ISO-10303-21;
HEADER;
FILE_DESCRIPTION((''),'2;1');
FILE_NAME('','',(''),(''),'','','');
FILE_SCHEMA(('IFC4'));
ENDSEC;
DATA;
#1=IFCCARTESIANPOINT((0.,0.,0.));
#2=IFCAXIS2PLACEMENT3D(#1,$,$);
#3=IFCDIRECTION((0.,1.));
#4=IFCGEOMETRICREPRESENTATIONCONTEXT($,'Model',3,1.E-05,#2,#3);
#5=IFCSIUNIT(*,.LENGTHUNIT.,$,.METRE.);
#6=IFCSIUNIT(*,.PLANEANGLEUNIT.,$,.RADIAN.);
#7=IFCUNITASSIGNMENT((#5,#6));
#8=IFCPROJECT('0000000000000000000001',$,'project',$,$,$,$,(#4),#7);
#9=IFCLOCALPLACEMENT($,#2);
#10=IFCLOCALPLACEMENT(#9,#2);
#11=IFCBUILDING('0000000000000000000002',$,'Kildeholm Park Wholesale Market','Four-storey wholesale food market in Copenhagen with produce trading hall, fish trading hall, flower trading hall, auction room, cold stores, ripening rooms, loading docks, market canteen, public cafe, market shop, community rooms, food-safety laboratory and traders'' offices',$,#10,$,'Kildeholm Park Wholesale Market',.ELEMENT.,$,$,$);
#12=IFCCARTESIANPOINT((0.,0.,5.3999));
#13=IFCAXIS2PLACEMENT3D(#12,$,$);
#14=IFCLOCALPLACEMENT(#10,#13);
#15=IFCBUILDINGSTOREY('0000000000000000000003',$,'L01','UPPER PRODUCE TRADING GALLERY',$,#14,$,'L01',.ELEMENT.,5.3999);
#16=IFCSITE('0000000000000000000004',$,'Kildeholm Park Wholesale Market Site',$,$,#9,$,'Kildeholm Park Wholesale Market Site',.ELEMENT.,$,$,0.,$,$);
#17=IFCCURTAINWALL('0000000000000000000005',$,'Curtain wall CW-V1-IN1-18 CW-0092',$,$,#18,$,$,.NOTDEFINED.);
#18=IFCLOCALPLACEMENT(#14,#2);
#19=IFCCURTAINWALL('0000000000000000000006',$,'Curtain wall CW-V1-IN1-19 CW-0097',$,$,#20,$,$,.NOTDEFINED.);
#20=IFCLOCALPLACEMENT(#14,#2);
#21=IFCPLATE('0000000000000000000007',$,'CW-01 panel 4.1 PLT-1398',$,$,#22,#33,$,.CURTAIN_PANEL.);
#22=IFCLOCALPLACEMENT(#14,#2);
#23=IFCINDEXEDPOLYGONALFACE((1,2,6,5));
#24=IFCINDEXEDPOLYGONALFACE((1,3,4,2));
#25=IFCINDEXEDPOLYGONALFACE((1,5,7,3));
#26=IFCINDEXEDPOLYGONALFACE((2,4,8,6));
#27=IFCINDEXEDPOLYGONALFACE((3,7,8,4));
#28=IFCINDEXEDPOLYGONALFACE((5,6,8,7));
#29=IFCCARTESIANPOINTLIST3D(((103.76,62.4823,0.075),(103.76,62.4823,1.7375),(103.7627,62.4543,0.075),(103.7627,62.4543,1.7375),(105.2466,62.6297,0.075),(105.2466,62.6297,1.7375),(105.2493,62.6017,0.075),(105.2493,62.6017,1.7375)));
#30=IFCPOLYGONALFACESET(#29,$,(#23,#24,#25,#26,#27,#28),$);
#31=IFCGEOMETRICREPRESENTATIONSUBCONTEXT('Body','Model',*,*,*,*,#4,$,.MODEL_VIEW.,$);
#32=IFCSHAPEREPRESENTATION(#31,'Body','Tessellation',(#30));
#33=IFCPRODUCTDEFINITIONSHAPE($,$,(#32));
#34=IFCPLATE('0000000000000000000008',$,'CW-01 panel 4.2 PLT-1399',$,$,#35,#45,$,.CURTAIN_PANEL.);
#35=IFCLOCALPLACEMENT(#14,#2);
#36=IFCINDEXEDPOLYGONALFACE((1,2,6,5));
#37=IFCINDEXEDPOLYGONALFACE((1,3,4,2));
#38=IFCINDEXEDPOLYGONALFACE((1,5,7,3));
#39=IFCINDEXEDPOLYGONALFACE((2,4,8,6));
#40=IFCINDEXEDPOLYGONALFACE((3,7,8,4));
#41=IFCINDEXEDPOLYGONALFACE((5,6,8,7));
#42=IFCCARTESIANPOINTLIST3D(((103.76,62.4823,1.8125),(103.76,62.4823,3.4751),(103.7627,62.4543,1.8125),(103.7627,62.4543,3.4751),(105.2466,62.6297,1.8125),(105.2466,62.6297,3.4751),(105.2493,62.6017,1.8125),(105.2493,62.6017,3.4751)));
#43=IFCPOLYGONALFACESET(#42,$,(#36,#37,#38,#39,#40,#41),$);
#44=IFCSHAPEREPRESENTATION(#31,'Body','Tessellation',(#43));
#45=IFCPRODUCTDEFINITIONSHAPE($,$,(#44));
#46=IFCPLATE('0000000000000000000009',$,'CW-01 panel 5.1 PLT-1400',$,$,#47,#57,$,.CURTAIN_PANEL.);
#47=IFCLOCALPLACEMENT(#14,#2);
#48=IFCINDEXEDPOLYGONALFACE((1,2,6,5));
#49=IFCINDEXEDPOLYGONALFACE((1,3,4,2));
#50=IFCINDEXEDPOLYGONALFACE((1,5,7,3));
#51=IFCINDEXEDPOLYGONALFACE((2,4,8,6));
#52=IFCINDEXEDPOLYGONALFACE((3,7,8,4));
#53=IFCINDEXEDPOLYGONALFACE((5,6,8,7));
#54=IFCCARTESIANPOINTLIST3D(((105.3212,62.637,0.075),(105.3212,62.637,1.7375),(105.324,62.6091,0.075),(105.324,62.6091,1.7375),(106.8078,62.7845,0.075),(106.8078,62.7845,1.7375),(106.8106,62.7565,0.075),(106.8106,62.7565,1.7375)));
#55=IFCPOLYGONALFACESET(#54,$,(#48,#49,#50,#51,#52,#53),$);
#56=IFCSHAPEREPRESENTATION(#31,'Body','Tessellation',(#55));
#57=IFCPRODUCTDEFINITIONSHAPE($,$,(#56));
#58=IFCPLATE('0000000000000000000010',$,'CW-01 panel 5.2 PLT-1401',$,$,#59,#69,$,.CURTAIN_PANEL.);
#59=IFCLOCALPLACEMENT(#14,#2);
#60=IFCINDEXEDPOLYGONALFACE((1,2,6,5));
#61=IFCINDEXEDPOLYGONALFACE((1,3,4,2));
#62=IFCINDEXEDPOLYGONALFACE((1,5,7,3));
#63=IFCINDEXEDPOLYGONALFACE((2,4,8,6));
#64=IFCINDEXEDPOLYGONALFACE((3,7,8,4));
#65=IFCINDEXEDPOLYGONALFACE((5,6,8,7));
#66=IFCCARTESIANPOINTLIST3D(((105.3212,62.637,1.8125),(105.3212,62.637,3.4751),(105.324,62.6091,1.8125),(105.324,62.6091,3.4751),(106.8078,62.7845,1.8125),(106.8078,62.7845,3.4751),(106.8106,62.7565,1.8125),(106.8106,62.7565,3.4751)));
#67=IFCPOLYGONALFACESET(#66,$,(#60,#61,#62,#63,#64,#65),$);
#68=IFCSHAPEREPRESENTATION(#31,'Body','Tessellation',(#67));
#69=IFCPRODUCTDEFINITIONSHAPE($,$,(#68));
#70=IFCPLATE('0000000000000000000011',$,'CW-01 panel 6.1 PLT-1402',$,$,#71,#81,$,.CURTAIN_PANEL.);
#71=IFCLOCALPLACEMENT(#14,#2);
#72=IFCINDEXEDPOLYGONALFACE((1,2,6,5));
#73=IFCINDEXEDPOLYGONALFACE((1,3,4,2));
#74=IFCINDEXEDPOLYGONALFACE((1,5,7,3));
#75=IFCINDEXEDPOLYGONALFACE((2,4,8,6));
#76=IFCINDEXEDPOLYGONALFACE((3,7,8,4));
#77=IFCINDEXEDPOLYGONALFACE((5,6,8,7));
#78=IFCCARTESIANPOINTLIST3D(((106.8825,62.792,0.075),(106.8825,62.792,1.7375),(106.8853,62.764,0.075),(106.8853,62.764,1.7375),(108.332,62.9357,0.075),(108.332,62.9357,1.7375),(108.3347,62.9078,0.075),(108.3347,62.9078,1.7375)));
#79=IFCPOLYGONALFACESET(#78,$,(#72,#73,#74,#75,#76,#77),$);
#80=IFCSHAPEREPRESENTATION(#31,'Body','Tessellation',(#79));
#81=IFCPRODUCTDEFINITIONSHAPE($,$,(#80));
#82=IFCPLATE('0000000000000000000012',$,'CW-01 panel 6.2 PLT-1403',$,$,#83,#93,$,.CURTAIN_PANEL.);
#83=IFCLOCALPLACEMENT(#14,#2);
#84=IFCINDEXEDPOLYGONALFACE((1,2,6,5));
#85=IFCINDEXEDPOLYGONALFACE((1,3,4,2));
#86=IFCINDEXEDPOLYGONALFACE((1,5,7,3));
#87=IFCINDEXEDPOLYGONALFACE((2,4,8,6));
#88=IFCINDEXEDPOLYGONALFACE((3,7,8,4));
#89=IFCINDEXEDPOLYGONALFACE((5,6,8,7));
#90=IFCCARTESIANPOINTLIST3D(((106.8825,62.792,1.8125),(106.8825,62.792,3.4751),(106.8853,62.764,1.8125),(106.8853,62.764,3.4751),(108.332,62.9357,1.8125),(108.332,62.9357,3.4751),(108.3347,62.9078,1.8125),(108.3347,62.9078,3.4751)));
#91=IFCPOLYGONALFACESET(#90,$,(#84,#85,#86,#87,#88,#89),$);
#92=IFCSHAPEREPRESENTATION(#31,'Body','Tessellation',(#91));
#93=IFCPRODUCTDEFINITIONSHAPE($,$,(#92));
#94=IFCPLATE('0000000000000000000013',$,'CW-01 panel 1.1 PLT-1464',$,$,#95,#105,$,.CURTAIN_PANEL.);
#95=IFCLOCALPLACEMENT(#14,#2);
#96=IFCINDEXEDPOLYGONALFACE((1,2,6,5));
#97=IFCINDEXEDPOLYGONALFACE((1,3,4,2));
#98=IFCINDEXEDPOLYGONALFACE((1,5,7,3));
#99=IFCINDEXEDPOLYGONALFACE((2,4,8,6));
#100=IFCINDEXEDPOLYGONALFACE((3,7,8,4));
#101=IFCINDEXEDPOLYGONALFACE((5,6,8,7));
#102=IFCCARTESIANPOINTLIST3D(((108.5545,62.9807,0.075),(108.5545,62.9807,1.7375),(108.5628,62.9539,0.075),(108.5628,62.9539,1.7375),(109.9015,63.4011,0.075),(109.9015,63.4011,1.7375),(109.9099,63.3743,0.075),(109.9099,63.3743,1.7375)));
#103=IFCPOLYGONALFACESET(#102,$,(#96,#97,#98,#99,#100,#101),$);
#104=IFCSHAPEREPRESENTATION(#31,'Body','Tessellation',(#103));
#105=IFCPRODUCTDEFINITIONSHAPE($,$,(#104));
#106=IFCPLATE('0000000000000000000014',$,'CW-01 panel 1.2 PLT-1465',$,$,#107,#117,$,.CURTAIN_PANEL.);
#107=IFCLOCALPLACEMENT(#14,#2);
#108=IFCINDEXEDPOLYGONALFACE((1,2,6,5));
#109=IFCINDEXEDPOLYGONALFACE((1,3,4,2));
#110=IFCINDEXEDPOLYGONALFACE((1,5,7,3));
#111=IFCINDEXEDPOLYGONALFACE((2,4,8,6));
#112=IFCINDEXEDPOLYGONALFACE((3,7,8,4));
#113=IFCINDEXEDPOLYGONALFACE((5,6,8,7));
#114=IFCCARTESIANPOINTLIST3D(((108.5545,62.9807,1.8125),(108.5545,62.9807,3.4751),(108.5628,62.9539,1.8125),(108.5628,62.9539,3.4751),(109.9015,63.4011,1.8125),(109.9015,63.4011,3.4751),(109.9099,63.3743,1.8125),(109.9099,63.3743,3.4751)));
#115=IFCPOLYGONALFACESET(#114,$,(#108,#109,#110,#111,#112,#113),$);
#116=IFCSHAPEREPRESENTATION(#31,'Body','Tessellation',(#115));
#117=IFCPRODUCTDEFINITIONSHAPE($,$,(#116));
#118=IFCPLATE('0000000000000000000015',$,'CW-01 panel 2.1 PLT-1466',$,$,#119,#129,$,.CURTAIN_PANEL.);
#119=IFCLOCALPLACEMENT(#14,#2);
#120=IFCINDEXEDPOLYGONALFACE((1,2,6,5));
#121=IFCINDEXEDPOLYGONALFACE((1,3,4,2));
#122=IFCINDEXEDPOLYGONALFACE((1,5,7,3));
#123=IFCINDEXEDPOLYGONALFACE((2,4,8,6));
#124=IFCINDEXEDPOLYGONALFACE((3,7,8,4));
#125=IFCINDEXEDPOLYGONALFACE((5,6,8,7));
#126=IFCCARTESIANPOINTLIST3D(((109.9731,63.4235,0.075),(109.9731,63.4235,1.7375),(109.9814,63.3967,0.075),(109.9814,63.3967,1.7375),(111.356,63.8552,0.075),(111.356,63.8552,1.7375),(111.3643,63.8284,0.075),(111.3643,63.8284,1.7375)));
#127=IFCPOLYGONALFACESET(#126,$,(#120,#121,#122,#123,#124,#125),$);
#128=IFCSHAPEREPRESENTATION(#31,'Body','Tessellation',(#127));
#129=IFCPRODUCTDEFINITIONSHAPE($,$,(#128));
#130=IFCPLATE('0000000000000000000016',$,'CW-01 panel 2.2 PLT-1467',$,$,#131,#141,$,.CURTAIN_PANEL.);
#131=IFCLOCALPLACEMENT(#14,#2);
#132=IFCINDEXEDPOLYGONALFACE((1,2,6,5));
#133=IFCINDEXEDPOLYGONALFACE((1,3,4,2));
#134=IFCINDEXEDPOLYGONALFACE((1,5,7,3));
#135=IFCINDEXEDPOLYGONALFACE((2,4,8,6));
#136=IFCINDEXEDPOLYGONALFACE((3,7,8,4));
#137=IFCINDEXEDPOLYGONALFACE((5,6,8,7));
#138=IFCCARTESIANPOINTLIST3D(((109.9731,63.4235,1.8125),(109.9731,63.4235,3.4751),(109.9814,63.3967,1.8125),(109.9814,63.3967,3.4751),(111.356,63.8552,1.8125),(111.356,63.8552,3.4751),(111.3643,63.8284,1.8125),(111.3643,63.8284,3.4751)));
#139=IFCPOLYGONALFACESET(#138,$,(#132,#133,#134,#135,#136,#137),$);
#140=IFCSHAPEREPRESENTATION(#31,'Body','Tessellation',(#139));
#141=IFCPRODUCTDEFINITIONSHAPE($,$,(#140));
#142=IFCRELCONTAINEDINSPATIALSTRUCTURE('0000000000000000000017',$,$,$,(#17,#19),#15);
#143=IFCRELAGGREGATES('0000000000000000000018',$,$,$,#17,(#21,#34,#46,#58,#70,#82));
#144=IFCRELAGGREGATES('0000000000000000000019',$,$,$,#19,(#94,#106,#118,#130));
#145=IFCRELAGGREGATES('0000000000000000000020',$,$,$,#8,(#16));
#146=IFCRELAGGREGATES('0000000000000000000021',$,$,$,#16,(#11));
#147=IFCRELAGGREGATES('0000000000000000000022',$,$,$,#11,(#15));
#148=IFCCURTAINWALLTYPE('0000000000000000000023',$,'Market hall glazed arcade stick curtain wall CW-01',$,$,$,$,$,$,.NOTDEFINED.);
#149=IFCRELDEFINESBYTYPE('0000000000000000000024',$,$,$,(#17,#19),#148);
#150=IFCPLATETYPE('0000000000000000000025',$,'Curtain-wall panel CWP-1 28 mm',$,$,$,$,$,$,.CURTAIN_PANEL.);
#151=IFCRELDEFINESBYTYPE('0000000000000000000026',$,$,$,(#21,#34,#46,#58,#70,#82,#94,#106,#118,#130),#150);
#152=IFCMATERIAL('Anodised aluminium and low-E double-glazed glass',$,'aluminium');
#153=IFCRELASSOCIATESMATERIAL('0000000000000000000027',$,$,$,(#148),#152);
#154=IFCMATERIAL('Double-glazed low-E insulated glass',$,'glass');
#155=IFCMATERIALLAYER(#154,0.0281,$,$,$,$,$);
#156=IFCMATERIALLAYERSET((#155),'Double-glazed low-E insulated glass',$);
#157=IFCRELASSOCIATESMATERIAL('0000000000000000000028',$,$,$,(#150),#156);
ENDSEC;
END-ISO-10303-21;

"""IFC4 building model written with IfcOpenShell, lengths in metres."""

from ifc_helpers import new_model, si_unit, direction, frame, origin, origin_2d, place, context, subcontext, project, spatial, rectangle, extrude, material, layer, layer_set, type_object, element, aggregate, save


model = new_model("IFC4")

# Units and contexts
model_context = context("Model", 3, precision=1e-05, world=origin(), true_north=direction((0.0, 1.0)))
body_context = subcontext(model_context, "Body", "Model", "MODEL_VIEW")
ifc_project = project(units=[si_unit("LENGTHUNIT", "METRE"), si_unit("PLANEANGLEUNIT", "RADIAN")], contexts=[model_context])

# Site, building, storey
site_placement = place(None, origin())
site = spatial("IfcSite", under=ifc_project, at=site_placement, Name="Kildeholm Park Wholesale Market Site", LongName="Kildeholm Park Wholesale Market Site", CompositionType="ELEMENT", RefElevation=0.0)
building_placement = place(site_placement, origin())
building = spatial("IfcBuilding", under=site, at=building_placement, Name="Kildeholm Park Wholesale Market", Description="Four-storey wholesale food market in Copenhagen with produce trading hall, fish trading hall, flower trading hall, auction room, cold stores, ripening rooms, loading docks, market canteen, public cafe, market shop, community rooms, food-safety laboratory and traders' offices", LongName="Kildeholm Park Wholesale Market", CompositionType="ELEMENT")
storey_placement = place(building_placement, frame((0.0, 0.0, 5.3999)))
storey = spatial("IfcBuildingStorey", under=building, at=storey_placement, Name="L01", Description="UPPER PRODUCE TRADING GALLERY", LongName="L01", CompositionType="ELEMENT", Elevation=5.3999)

# Curtain walls
ifc_material_1 = material(Name="Anodised aluminium and low-E double-glazed glass", Category="aluminium")
curtain_wall_type = type_object("IfcCurtainWallType", Name="Market hall glazed arcade stick curtain wall CW-01", PredefinedType="NOTDEFINED", material=ifc_material_1)
curtain_wall_1_placement = place(storey_placement, origin())
curtain_wall_1 = element("IfcCurtainWall", 1, at=curtain_wall_1_placement, inside=storey, type_object=curtain_wall_type, Name="Curtain wall CW-V1-IN1-18 CW-0092", PredefinedType="NOTDEFINED")
curtain_wall_2_placement = place(storey_placement, origin())
curtain_wall_2 = element("IfcCurtainWall", 2, at=curtain_wall_2_placement, inside=storey, type_object=curtain_wall_type, Name="Curtain wall CW-V1-IN1-19 CW-0097", PredefinedType="NOTDEFINED")

# Plates
ifc_material_2 = material(Name="Double-glazed low-E insulated glass", Category="glass")
ifc_layer = layer(ifc_material_2, 0.0281)
ifc_layer_set = layer_set([ifc_layer], Name="Double-glazed low-E insulated glass")
plate_type = type_object("IfcPlateType", Name="Curtain-wall panel CWP-1 28 mm", PredefinedType="CURTAIN_PANEL", material=ifc_layer_set)
plate_1_placement = place(storey_placement, frame((104.5046, 62.542, 0.075), z_axis=(0.0, 0.0, 1.0), x_axis=(0.995119, 0.098683, 0.0)))
plate_1 = element("IfcPlate", 3, at=plate_1_placement, type_object=plate_type, Name="CW-01 panel 4.1 PLT-1398", PredefinedType="CURTAIN_PANEL", context=body_context, shape_type="SweptSolid", body=[
    extrude(rectangle(XDim=1.4939, YDim=0.0281, at=origin_2d()), origin(), (0.0, 0.0, 1.0), 1.6626),
])
plate_2_placement = place(storey_placement, frame((104.5046, 62.542, 1.8125), z_axis=(0.0, 0.0, 1.0), x_axis=(0.995119, 0.098683, 0.0)))
plate_2 = element("IfcPlate", 4, at=plate_2_placement, type_object=plate_type, Name="CW-01 panel 4.2 PLT-1399", PredefinedType="CURTAIN_PANEL", context=body_context, shape_type="SweptSolid", body=[
    extrude(rectangle(XDim=1.4939, YDim=0.0281, at=origin_2d()), origin(), (0.0, 0.0, 1.0), 1.6626),
])
plate_3_placement = place(storey_placement, frame((106.0659, 62.6968, 0.075), z_axis=(0.0, 0.0, 1.0), x_axis=(0.995119, 0.098683, 0.0)))
plate_3 = element("IfcPlate", 5, at=plate_3_placement, type_object=plate_type, Name="CW-01 panel 5.1 PLT-1400", PredefinedType="CURTAIN_PANEL", context=body_context, shape_type="SweptSolid", body=[
    extrude(rectangle(XDim=1.4939, YDim=0.0281, at=origin_2d()), origin(), (0.0, 0.0, 1.0), 1.6626),
])
plate_4_placement = place(storey_placement, frame((106.0659, 62.6968, 1.8125), z_axis=(0.0, 0.0, 1.0), x_axis=(0.995119, 0.098683, 0.0)))
plate_4 = element("IfcPlate", 6, at=plate_4_placement, type_object=plate_type, Name="CW-01 panel 5.2 PLT-1401", PredefinedType="CURTAIN_PANEL", context=body_context, shape_type="SweptSolid", body=[
    extrude(rectangle(XDim=1.4939, YDim=0.0281, at=origin_2d()), origin(), (0.0, 0.0, 1.0), 1.6626),
])
plate_5_placement = place(storey_placement, frame((107.6086, 62.8499, 0.075), z_axis=(0.0, 0.0, 1.0), x_axis=(0.995119, 0.098683, 0.0)))
plate_5 = element("IfcPlate", 7, at=plate_5_placement, type_object=plate_type, Name="CW-01 panel 6.1 PLT-1402", PredefinedType="CURTAIN_PANEL", context=body_context, shape_type="SweptSolid", body=[
    extrude(rectangle(XDim=1.4565, YDim=0.0281, at=origin_2d()), origin(), (0.0, 0.0, 1.0), 1.6626),
])
plate_6_placement = place(storey_placement, frame((107.6086, 62.8499, 1.8125), z_axis=(0.0, 0.0, 1.0), x_axis=(0.995119, 0.098683, 0.0)))
plate_6 = element("IfcPlate", 8, at=plate_6_placement, type_object=plate_type, Name="CW-01 panel 6.2 PLT-1403", PredefinedType="CURTAIN_PANEL", context=body_context, shape_type="SweptSolid", body=[
    extrude(rectangle(XDim=1.4565, YDim=0.0281, at=origin_2d()), origin(), (0.0, 0.0, 1.0), 1.6626),
])
aggregate(curtain_wall_1, [plate_1, plate_2, plate_3, plate_4, plate_5, plate_6])
plate_7_placement = place(storey_placement, frame((109.2322, 63.1775, 0.075), z_axis=(0.0, 0.0, 1.0), x_axis=(0.954579, 0.297957, 0.0)))
plate_7 = element("IfcPlate", 9, at=plate_7_placement, type_object=plate_type, Name="CW-01 panel 1.1 PLT-1464", PredefinedType="CURTAIN_PANEL", context=body_context, shape_type="SweptSolid", body=[
    extrude(rectangle(XDim=1.4111, YDim=0.0281, at=origin_2d()), origin(), (0.0, 0.0, 1.0), 1.6626),
])
plate_8_placement = place(storey_placement, frame((109.2322, 63.1775, 1.8125), z_axis=(0.0, 0.0, 1.0), x_axis=(0.954579, 0.297957, 0.0)))
plate_8 = element("IfcPlate", 10, at=plate_8_placement, type_object=plate_type, Name="CW-01 panel 1.2 PLT-1465", PredefinedType="CURTAIN_PANEL", context=body_context, shape_type="SweptSolid", body=[
    extrude(rectangle(XDim=1.4111, YDim=0.0281, at=origin_2d()), origin(), (0.0, 0.0, 1.0), 1.6626),
])
plate_9_placement = place(storey_placement, frame((110.6687, 63.626, 0.075), z_axis=(0.0, 0.0, 1.0), x_axis=(0.954579, 0.297957, 0.0)))
plate_9 = element("IfcPlate", 11, at=plate_9_placement, type_object=plate_type, Name="CW-01 panel 2.1 PLT-1466", PredefinedType="CURTAIN_PANEL", context=body_context, shape_type="SweptSolid", body=[
    extrude(rectangle(XDim=1.4487, YDim=0.0281, at=origin_2d()), origin(), (0.0, 0.0, 1.0), 1.6626),
])
plate_10_placement = place(storey_placement, frame((110.6687, 63.626, 1.8125), z_axis=(0.0, 0.0, 1.0), x_axis=(0.954579, 0.297957, 0.0)))
plate_10 = element("IfcPlate", 12, at=plate_10_placement, type_object=plate_type, Name="CW-01 panel 2.2 PLT-1467", PredefinedType="CURTAIN_PANEL", context=body_context, shape_type="SweptSolid", body=[
    extrude(rectangle(XDim=1.4487, YDim=0.0281, at=origin_2d()), origin(), (0.0, 0.0, 1.0), 1.6626),
])
aggregate(curtain_wall_2, [plate_7, plate_8, plate_9, plate_10])

save(model, "model.ifc")
